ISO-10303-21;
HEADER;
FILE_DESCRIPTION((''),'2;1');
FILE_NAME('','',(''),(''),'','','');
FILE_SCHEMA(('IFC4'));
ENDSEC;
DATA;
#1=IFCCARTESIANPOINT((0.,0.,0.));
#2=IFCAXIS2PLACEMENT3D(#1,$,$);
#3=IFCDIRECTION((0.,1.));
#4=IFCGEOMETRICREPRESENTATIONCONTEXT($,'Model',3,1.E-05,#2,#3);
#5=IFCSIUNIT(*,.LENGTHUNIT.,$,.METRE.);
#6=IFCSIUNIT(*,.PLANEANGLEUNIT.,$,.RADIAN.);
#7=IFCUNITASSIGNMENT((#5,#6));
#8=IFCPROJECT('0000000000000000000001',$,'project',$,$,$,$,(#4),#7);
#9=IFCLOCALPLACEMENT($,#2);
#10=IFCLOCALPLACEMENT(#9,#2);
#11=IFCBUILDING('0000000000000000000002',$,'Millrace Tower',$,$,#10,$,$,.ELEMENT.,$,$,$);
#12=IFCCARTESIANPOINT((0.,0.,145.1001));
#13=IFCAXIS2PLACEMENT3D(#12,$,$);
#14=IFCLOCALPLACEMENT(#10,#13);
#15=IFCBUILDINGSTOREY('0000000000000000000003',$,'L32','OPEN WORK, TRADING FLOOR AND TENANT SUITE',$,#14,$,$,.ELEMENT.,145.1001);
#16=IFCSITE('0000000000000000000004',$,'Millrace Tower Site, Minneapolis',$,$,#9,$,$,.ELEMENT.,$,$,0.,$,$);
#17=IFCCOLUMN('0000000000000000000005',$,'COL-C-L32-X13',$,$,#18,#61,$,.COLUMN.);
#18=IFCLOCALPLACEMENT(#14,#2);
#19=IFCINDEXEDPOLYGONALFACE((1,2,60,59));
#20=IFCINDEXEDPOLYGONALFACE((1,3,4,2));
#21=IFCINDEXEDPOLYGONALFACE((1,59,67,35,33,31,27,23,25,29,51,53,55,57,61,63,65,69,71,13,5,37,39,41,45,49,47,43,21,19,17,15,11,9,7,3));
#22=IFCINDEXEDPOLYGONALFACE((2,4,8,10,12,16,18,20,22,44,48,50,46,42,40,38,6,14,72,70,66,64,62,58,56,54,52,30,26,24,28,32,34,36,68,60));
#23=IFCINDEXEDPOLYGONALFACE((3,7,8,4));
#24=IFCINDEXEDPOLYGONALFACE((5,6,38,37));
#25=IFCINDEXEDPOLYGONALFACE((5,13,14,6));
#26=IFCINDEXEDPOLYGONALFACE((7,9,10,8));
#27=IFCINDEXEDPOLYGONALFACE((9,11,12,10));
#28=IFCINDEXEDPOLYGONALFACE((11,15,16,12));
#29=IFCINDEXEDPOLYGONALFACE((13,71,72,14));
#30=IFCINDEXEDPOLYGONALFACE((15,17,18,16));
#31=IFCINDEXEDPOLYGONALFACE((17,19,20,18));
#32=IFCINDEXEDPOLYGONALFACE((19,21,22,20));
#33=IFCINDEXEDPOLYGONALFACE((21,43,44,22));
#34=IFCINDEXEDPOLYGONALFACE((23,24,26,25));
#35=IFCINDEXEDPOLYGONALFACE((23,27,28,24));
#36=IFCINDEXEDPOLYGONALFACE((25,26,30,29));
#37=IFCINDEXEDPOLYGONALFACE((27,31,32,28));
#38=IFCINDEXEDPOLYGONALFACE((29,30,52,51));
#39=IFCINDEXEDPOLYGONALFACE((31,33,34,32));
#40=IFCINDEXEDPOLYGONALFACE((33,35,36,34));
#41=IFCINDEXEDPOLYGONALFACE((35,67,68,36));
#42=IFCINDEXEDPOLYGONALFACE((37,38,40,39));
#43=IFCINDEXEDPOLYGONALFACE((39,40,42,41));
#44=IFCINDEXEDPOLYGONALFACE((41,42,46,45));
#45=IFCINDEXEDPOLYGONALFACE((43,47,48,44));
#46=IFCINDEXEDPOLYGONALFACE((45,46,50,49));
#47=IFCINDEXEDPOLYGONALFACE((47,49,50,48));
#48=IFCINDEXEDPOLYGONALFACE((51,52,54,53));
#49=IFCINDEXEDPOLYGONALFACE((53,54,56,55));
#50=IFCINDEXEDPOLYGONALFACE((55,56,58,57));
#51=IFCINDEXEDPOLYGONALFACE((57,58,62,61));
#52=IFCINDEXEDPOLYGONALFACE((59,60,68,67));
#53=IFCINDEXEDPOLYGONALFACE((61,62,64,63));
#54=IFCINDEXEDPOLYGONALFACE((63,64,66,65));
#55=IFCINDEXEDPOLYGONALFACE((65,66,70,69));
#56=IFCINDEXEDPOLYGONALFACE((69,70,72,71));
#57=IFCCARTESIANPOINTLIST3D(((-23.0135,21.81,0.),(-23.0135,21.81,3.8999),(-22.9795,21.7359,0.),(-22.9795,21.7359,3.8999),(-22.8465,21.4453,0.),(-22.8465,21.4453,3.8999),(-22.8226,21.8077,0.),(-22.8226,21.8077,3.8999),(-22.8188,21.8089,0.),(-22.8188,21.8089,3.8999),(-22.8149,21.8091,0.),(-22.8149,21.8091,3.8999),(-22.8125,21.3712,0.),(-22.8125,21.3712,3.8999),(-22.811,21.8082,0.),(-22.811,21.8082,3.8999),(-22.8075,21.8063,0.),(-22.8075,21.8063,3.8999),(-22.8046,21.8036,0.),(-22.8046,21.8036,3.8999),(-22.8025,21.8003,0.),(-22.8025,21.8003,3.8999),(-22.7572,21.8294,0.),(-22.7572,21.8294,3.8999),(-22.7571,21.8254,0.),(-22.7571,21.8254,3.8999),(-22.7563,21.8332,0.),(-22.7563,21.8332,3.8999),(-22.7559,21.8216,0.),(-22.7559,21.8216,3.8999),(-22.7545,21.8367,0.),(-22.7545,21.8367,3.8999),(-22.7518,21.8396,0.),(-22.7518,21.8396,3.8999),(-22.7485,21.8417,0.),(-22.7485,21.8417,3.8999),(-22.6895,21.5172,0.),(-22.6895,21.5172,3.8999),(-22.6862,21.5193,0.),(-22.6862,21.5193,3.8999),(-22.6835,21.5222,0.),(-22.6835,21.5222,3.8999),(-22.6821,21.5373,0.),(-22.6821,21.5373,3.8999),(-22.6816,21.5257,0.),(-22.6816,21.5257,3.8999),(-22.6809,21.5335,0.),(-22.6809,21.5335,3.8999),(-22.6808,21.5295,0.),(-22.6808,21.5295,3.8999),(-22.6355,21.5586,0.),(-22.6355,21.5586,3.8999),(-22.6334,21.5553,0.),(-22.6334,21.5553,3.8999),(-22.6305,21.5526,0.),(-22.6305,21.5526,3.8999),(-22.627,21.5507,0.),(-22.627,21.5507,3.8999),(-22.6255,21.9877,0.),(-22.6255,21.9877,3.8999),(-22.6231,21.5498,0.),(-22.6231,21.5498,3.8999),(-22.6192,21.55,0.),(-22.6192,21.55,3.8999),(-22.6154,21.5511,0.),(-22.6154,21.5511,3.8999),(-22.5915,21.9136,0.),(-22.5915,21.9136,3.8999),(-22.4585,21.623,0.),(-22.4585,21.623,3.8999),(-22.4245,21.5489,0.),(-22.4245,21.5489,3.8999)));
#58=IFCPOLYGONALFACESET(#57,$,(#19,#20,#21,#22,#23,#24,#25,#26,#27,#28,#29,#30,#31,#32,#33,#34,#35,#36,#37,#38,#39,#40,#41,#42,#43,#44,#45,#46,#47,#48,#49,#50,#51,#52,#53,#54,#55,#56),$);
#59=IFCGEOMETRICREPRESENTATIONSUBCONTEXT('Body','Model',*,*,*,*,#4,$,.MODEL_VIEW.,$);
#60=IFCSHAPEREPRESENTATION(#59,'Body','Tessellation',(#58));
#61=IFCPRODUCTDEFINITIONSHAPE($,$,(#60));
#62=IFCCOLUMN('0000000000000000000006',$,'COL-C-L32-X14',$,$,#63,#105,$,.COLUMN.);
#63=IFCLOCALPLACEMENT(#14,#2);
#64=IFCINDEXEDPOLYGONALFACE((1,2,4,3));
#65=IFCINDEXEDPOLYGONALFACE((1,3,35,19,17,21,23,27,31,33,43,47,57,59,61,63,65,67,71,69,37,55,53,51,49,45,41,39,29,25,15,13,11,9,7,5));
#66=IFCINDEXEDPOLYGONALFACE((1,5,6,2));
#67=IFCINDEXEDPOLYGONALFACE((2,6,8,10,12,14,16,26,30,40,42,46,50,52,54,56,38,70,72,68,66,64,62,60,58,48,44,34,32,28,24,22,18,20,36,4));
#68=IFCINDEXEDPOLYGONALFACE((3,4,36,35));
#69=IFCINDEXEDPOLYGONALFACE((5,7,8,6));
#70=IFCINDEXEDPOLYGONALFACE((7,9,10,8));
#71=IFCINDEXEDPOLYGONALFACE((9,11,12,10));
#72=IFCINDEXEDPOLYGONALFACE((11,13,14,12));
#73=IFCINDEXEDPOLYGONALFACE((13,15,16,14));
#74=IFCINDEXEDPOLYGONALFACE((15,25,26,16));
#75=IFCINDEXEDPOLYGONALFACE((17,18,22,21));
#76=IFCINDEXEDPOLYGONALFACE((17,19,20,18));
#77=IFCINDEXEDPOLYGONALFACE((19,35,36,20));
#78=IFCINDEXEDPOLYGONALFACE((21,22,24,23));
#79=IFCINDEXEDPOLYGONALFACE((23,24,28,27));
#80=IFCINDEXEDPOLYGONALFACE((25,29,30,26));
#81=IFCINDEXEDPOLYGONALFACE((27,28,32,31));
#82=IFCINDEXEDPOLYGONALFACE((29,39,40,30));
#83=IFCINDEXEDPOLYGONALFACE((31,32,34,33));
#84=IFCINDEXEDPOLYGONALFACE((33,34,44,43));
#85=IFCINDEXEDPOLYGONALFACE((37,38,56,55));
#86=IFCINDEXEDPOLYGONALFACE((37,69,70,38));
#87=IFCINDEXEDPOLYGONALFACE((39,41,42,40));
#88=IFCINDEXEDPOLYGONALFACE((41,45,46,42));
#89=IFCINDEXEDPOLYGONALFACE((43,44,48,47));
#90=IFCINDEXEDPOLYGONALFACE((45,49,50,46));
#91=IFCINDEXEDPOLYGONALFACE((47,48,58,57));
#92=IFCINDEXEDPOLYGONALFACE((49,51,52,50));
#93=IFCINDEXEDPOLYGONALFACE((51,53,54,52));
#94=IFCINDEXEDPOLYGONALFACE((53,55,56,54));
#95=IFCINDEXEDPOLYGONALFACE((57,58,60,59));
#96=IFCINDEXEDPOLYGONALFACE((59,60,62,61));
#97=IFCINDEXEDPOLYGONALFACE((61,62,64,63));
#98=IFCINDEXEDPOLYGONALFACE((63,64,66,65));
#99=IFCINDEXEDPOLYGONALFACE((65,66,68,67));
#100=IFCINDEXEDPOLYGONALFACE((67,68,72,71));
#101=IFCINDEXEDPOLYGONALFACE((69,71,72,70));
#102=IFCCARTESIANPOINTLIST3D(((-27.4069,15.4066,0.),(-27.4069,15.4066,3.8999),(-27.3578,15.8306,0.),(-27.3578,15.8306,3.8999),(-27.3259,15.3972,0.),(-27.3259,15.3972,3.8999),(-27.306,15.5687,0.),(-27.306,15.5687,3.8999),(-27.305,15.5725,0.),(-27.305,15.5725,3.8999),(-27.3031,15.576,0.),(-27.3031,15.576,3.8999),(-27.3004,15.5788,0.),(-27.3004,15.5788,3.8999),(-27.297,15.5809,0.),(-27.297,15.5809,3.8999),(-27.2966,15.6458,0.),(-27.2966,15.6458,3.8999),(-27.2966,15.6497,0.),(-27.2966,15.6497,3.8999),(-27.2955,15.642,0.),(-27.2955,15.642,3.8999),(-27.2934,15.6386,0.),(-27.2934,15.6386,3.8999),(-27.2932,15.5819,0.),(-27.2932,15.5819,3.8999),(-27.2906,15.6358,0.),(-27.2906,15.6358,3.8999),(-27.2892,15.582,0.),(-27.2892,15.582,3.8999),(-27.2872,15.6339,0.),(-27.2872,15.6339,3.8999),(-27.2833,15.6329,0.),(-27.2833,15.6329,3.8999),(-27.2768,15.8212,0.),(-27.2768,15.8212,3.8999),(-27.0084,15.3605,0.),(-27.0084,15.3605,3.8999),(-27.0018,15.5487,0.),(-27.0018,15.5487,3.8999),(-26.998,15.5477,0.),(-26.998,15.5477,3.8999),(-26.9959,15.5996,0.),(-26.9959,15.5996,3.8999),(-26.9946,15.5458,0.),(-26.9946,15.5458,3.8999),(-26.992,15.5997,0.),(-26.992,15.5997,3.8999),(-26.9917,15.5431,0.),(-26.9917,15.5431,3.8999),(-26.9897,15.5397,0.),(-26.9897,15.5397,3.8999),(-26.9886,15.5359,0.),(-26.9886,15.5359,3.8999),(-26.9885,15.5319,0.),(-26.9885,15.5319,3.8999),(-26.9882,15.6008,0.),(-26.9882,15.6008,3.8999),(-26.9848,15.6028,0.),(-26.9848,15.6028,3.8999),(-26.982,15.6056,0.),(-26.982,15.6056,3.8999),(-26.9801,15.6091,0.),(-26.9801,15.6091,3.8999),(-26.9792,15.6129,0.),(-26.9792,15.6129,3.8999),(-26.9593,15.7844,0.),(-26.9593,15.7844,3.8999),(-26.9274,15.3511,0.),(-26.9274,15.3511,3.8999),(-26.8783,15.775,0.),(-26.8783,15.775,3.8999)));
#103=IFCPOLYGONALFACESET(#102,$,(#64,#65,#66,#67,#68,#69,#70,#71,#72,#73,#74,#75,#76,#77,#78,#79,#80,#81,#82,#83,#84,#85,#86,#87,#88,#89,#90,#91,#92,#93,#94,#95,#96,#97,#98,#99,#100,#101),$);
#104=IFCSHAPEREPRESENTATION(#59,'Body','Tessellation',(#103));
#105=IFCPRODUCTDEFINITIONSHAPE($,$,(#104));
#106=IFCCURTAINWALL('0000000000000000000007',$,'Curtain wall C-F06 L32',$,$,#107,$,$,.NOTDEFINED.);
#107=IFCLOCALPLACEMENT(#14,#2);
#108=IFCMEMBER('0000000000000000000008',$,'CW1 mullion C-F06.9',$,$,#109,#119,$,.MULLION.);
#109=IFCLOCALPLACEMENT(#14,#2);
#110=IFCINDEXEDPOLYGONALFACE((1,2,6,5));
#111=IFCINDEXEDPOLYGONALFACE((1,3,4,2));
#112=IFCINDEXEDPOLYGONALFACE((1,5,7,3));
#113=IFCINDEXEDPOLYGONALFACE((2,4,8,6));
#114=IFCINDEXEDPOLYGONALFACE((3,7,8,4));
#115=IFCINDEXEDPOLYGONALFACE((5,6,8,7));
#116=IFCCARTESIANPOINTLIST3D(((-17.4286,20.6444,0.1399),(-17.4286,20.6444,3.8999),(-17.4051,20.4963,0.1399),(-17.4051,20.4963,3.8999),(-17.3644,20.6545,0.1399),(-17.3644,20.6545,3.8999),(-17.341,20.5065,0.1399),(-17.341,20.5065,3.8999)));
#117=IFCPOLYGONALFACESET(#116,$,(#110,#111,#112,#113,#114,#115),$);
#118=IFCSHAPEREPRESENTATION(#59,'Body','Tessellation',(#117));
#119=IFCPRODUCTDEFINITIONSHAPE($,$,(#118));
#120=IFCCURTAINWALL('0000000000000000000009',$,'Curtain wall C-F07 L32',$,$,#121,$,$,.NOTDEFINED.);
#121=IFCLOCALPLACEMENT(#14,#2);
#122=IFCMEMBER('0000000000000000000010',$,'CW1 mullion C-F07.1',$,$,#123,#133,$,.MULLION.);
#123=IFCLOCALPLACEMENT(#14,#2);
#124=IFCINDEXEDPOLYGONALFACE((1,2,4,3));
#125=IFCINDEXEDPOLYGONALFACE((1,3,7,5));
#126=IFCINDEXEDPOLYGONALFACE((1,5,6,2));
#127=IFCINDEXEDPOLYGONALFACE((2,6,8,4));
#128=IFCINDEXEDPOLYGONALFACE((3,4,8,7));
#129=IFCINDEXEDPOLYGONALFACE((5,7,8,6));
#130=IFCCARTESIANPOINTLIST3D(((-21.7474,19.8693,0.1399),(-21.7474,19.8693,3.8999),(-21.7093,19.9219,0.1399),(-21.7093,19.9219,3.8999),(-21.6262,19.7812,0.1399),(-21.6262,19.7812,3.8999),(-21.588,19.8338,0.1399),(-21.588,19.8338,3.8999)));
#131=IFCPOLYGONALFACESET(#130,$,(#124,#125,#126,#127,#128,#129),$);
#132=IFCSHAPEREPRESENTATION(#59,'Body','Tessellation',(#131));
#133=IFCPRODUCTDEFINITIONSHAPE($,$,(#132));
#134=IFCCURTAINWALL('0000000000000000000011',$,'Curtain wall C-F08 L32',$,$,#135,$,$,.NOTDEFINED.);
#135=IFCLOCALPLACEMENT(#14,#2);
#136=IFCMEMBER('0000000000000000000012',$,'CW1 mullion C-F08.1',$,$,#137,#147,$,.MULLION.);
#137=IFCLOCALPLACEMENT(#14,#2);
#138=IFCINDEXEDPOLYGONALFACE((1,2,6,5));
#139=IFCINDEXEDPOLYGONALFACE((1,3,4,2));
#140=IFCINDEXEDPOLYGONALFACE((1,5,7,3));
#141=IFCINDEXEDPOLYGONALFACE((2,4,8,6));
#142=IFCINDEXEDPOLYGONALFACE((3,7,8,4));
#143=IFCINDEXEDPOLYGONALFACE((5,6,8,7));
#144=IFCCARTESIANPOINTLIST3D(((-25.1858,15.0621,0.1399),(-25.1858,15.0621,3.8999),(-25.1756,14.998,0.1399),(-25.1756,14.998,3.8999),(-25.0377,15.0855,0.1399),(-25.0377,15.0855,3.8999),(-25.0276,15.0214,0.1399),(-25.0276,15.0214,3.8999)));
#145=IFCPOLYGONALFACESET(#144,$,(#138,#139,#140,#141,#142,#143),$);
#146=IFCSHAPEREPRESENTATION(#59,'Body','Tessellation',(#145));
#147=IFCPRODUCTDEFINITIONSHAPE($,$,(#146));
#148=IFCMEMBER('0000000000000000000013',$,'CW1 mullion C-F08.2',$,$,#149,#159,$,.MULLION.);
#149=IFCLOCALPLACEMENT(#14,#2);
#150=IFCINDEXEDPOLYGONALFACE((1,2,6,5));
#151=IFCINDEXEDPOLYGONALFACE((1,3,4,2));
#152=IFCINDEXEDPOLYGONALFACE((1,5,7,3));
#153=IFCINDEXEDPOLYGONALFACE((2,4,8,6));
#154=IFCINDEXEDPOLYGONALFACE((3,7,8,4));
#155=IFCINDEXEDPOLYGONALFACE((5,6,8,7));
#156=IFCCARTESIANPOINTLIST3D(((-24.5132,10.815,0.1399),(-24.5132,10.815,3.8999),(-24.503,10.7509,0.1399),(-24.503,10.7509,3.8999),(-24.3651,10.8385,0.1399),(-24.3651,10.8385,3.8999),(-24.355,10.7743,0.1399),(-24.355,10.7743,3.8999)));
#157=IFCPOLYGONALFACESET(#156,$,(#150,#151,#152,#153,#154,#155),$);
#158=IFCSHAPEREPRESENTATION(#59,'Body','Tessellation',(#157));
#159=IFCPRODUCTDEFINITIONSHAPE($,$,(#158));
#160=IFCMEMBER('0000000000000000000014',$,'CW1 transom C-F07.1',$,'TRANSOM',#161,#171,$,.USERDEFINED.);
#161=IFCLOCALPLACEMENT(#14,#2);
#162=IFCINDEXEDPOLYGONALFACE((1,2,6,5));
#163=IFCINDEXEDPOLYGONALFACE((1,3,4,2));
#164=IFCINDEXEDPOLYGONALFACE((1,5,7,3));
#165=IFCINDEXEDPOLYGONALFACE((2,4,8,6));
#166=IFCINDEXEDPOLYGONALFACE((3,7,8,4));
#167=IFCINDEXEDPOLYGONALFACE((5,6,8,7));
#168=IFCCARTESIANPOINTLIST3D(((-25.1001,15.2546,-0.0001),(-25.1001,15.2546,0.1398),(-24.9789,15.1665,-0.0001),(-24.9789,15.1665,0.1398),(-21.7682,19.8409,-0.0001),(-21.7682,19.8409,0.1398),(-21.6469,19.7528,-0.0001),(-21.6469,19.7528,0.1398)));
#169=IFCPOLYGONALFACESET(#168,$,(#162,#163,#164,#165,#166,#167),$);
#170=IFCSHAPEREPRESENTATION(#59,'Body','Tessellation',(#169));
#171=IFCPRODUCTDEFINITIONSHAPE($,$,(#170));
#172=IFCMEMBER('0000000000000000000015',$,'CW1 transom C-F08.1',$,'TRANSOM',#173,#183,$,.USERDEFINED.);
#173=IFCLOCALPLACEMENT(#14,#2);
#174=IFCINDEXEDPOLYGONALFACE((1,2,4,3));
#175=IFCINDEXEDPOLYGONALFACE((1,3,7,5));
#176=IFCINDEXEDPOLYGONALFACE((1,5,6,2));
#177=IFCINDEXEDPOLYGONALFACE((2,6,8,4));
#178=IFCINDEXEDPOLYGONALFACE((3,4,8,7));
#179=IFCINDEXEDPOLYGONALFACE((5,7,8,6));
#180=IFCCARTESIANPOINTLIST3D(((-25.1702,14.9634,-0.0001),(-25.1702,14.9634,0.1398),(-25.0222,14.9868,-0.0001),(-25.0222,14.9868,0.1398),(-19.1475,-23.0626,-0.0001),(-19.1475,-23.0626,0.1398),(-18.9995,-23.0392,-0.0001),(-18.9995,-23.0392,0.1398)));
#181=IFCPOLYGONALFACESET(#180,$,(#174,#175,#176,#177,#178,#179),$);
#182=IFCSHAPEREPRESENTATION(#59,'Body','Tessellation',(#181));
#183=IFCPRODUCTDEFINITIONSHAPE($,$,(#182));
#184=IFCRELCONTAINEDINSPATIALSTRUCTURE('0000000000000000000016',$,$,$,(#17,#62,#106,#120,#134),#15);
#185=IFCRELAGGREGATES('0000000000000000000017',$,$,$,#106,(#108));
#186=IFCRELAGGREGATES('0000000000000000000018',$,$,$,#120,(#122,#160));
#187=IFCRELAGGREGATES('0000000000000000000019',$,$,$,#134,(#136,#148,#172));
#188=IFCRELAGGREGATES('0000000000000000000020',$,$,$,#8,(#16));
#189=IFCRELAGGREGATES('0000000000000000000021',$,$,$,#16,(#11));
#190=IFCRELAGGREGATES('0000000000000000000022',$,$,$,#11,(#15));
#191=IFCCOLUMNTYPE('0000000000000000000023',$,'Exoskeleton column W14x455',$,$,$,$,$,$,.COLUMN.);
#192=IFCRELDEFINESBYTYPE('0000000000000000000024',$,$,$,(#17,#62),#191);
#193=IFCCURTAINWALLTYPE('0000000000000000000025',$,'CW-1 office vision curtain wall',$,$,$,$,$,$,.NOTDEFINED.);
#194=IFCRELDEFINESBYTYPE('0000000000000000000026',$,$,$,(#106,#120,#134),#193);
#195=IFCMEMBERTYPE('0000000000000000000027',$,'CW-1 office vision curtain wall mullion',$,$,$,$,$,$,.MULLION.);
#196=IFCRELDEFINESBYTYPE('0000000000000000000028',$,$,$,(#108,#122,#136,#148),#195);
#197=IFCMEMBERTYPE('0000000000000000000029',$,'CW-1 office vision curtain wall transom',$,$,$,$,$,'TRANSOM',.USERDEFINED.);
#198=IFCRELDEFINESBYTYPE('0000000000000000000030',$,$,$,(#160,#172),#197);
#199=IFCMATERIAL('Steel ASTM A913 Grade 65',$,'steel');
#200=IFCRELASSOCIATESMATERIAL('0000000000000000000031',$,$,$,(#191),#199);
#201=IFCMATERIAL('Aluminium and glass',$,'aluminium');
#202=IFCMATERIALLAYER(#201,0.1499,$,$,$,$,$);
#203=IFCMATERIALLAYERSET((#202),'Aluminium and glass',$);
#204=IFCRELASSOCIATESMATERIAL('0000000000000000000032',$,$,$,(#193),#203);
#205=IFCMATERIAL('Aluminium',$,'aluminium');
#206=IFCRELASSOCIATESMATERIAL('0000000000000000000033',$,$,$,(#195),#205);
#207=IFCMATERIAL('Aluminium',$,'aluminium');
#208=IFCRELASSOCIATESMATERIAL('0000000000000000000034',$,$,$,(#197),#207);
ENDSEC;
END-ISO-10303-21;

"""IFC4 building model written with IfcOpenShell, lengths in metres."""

from ifc_helpers import new_model, si_unit, direction, frame, origin, origin_2d, place, context, subcontext, project, spatial, rectangle, i_section, extrude, material, layer, layer_set, material_profile, profile_set, type_object, element, aggregate, save


model = new_model("IFC4")

# Units and contexts
model_context = context("Model", 3, precision=1e-05, world=origin(), true_north=direction((0.0, 1.0)))
body_context = subcontext(model_context, "Body", "Model", "MODEL_VIEW")
ifc_project = project(units=[si_unit("LENGTHUNIT", "METRE"), si_unit("PLANEANGLEUNIT", "RADIAN")], contexts=[model_context])

# Site, building, storey
site_placement = place(None, origin())
site = spatial("IfcSite", under=ifc_project, at=site_placement, Name="Millrace Tower Site, Minneapolis", CompositionType="ELEMENT", RefElevation=0.0)
building_placement = place(site_placement, origin())
building = spatial("IfcBuilding", under=site, at=building_placement, Name="Millrace Tower", CompositionType="ELEMENT")
storey_placement = place(building_placement, frame((0.0, 0.0, 145.1001)))
storey = spatial("IfcBuildingStorey", under=building, at=storey_placement, Name="L32", Description="OPEN WORK, TRADING FLOOR AND TENANT SUITE", CompositionType="ELEMENT", Elevation=145.1001)

# Columns
ifc_material_1 = material(Name="Steel ASTM A913 Grade 65", Category="steel")
ifc_material_profile_1 = material_profile(ifc_material_1, i_section(OverallWidth=0.4268, OverallDepth=0.4827, WebThickness=0.0513, FlangeThickness=0.0815, FilletRadius=0.0151, at=origin_2d()))
ifc_profile_set_1 = profile_set([ifc_material_profile_1], Name="Steel ASTM A913 Grade 65")
column_type = type_object("IfcColumnType", Name="Exoskeleton column W14x455", PredefinedType="COLUMN", material=ifc_profile_set_1)
for number, where, z_axis, x_axis, name in (
    (1, (-22.719, 21.6794, 0.0), (0.0, 0.0, 1.0), (-0.909181, -0.416401, 0.0), "COL-C-L32-X13"),
    (2, (-27.1426, 15.5908, 0.0), (0.0, 0.0, 1.0), (-0.115069, -0.993358, 0.0), "COL-C-L32-X14"),
):
    element("IfcColumn", number, at=place(storey_placement, frame(where, z_axis=z_axis, x_axis=x_axis)), inside=storey, type_object=column_type, Name=name, PredefinedType="COLUMN", context=body_context, shape_type="SweptSolid", body=[
        extrude(i_section(OverallWidth=0.4268, OverallDepth=0.4827, WebThickness=0.0513, FlangeThickness=0.0815, FilletRadius=0.0151, at=origin_2d()), origin(), (0.0, 0.0, 1.0), 3.8999),
    ])

# Curtain walls, members
ifc_material_2 = material(Name="Aluminium and glass", Category="aluminium")
ifc_layer_1 = layer(ifc_material_2, 0.1499)
ifc_layer_set_1 = layer_set([ifc_layer_1], Name="Aluminium and glass")
curtain_wall_type = type_object("IfcCurtainWallType", Name="CW-1 office vision curtain wall", PredefinedType="NOTDEFINED", material=ifc_layer_set_1)
placement = place(storey_placement, origin())
curtain_wall_1 = element("IfcCurtainWall", 3, at=placement, inside=storey, type_object=curtain_wall_type, Name="Curtain wall C-F06 L32", PredefinedType="NOTDEFINED")
ifc_material_3 = material(Name="Aluminium", Category="aluminium")
ifc_material_profile_2 = material_profile(ifc_material_3, rectangle(XDim=0.0649, YDim=0.1499, at=origin_2d()))
ifc_profile_set_2 = profile_set([ifc_material_profile_2], Name="Aluminium")
member_type_1 = type_object("IfcMemberType", Name="CW-1 office vision curtain wall mullion", PredefinedType="MULLION", material=ifc_profile_set_2)
member_1_placement = place(storey_placement, frame((-17.3848, 20.5754, 0.1399), z_axis=(0.0, 0.0, 1.0), x_axis=(-0.987688, -0.156434, 0.0)))
member_1 = element("IfcMember", 4, at=member_1_placement, type_object=member_type_1, Name="CW1 mullion C-F06.9", PredefinedType="MULLION", context=body_context, shape_type="SweptSolid", body=[
    extrude(rectangle(XDim=0.0649, YDim=0.1499, at=origin_2d()), origin(), (0.0, 0.0, 1.0), 3.76),
])
aggregate(curtain_wall_1, [member_1])
curtain_wall_2 = element("IfcCurtainWall", 5, at=placement, inside=storey, type_object=curtain_wall_type, Name="Curtain wall C-F07 L32", PredefinedType="NOTDEFINED")
member_2_placement = place(storey_placement, frame((-21.6677, 19.8516, 0.1399), z_axis=(0.0, 0.0, 1.0), x_axis=(-0.587785, -0.809017, 0.0)))
member_2 = element("IfcMember", 6, at=member_2_placement, type_object=member_type_1, Name="CW1 mullion C-F07.1", PredefinedType="MULLION", context=body_context, shape_type="SweptSolid", body=[
    extrude(rectangle(XDim=0.0649, YDim=0.1499, at=origin_2d()), origin(), (0.0, 0.0, 1.0), 3.76),
])

# Curtain wall, members
curtain_wall_3 = element("IfcCurtainWall", 7, at=placement, inside=storey, type_object=curtain_wall_type, Name="Curtain wall C-F08 L32", PredefinedType="NOTDEFINED")
member_3_placement = place(storey_placement, frame((-25.1067, 15.0417, 0.1399), z_axis=(0.0, 0.0, 1.0), x_axis=(0.156434, -0.987688, 0.0)))
member_3 = element("IfcMember", 8, at=member_3_placement, type_object=member_type_1, Name="CW1 mullion C-F08.1", PredefinedType="MULLION", context=body_context, shape_type="SweptSolid", body=[
    extrude(rectangle(XDim=0.0649, YDim=0.1499, at=origin_2d()), origin(), (0.0, 0.0, 1.0), 3.76),
])
member_4_placement = place(storey_placement, frame((-24.4341, 10.7947, 0.1399), z_axis=(0.0, 0.0, 1.0), x_axis=(0.156434, -0.987688, 0.0)))
member_4 = element("IfcMember", 9, at=member_4_placement, type_object=member_type_1, Name="CW1 mullion C-F08.2", PredefinedType="MULLION", context=body_context, shape_type="SweptSolid", body=[
    extrude(rectangle(XDim=0.0649, YDim=0.1499, at=origin_2d()), origin(), (0.0, 0.0, 1.0), 3.76),
])

# Members
ifc_material_4 = material(Name="Aluminium", Category="aluminium")
ifc_material_profile_3 = material_profile(ifc_material_4, rectangle(XDim=0.1499, YDim=0.1399, at=origin_2d()))
ifc_profile_set_3 = profile_set([ifc_material_profile_3], Name="Aluminium")
member_type_2 = type_object("IfcMemberType", Name="CW-1 office vision curtain wall transom", ElementType="TRANSOM", PredefinedType="USERDEFINED", material=ifc_profile_set_3)
member_5_placement = place(storey_placement, frame((-21.7075, 19.7969, 0.0698), z_axis=(-0.587762, -0.809034, 0.0), x_axis=(0.809034, -0.587762, 0.0)))
member_5 = element("IfcMember", 10, at=member_5_placement, type_object=member_type_2, Name="CW1 transom C-F07.1", ObjectType="TRANSOM", PredefinedType="USERDEFINED", context=body_context, shape_type="SweptSolid", body=[
    extrude(rectangle(XDim=0.1499, YDim=0.1399, at=origin_2d()), origin(), (0.0, 0.0, 1.0), 5.6689),
])
aggregate(curtain_wall_2, [member_2, member_5])
member_6_placement = place(storey_placement, frame((-25.0962, 14.9751, 0.0698), z_axis=(0.156433, -0.987689, 0.0), x_axis=(0.987689, 0.156433, 0.0)))
member_6 = element("IfcMember", 11, at=member_6_placement, type_object=member_type_2, Name="CW1 transom C-F08.1", ObjectType="TRANSOM", PredefinedType="USERDEFINED", context=body_context, shape_type="SweptSolid", body=[
    extrude(rectangle(XDim=0.1499, YDim=0.1399, at=origin_2d()), origin(), (0.0, 0.0, 1.0), 38.5),
])
aggregate(curtain_wall_3, [member_3, member_4, member_6])

save(model, "model.ifc")
